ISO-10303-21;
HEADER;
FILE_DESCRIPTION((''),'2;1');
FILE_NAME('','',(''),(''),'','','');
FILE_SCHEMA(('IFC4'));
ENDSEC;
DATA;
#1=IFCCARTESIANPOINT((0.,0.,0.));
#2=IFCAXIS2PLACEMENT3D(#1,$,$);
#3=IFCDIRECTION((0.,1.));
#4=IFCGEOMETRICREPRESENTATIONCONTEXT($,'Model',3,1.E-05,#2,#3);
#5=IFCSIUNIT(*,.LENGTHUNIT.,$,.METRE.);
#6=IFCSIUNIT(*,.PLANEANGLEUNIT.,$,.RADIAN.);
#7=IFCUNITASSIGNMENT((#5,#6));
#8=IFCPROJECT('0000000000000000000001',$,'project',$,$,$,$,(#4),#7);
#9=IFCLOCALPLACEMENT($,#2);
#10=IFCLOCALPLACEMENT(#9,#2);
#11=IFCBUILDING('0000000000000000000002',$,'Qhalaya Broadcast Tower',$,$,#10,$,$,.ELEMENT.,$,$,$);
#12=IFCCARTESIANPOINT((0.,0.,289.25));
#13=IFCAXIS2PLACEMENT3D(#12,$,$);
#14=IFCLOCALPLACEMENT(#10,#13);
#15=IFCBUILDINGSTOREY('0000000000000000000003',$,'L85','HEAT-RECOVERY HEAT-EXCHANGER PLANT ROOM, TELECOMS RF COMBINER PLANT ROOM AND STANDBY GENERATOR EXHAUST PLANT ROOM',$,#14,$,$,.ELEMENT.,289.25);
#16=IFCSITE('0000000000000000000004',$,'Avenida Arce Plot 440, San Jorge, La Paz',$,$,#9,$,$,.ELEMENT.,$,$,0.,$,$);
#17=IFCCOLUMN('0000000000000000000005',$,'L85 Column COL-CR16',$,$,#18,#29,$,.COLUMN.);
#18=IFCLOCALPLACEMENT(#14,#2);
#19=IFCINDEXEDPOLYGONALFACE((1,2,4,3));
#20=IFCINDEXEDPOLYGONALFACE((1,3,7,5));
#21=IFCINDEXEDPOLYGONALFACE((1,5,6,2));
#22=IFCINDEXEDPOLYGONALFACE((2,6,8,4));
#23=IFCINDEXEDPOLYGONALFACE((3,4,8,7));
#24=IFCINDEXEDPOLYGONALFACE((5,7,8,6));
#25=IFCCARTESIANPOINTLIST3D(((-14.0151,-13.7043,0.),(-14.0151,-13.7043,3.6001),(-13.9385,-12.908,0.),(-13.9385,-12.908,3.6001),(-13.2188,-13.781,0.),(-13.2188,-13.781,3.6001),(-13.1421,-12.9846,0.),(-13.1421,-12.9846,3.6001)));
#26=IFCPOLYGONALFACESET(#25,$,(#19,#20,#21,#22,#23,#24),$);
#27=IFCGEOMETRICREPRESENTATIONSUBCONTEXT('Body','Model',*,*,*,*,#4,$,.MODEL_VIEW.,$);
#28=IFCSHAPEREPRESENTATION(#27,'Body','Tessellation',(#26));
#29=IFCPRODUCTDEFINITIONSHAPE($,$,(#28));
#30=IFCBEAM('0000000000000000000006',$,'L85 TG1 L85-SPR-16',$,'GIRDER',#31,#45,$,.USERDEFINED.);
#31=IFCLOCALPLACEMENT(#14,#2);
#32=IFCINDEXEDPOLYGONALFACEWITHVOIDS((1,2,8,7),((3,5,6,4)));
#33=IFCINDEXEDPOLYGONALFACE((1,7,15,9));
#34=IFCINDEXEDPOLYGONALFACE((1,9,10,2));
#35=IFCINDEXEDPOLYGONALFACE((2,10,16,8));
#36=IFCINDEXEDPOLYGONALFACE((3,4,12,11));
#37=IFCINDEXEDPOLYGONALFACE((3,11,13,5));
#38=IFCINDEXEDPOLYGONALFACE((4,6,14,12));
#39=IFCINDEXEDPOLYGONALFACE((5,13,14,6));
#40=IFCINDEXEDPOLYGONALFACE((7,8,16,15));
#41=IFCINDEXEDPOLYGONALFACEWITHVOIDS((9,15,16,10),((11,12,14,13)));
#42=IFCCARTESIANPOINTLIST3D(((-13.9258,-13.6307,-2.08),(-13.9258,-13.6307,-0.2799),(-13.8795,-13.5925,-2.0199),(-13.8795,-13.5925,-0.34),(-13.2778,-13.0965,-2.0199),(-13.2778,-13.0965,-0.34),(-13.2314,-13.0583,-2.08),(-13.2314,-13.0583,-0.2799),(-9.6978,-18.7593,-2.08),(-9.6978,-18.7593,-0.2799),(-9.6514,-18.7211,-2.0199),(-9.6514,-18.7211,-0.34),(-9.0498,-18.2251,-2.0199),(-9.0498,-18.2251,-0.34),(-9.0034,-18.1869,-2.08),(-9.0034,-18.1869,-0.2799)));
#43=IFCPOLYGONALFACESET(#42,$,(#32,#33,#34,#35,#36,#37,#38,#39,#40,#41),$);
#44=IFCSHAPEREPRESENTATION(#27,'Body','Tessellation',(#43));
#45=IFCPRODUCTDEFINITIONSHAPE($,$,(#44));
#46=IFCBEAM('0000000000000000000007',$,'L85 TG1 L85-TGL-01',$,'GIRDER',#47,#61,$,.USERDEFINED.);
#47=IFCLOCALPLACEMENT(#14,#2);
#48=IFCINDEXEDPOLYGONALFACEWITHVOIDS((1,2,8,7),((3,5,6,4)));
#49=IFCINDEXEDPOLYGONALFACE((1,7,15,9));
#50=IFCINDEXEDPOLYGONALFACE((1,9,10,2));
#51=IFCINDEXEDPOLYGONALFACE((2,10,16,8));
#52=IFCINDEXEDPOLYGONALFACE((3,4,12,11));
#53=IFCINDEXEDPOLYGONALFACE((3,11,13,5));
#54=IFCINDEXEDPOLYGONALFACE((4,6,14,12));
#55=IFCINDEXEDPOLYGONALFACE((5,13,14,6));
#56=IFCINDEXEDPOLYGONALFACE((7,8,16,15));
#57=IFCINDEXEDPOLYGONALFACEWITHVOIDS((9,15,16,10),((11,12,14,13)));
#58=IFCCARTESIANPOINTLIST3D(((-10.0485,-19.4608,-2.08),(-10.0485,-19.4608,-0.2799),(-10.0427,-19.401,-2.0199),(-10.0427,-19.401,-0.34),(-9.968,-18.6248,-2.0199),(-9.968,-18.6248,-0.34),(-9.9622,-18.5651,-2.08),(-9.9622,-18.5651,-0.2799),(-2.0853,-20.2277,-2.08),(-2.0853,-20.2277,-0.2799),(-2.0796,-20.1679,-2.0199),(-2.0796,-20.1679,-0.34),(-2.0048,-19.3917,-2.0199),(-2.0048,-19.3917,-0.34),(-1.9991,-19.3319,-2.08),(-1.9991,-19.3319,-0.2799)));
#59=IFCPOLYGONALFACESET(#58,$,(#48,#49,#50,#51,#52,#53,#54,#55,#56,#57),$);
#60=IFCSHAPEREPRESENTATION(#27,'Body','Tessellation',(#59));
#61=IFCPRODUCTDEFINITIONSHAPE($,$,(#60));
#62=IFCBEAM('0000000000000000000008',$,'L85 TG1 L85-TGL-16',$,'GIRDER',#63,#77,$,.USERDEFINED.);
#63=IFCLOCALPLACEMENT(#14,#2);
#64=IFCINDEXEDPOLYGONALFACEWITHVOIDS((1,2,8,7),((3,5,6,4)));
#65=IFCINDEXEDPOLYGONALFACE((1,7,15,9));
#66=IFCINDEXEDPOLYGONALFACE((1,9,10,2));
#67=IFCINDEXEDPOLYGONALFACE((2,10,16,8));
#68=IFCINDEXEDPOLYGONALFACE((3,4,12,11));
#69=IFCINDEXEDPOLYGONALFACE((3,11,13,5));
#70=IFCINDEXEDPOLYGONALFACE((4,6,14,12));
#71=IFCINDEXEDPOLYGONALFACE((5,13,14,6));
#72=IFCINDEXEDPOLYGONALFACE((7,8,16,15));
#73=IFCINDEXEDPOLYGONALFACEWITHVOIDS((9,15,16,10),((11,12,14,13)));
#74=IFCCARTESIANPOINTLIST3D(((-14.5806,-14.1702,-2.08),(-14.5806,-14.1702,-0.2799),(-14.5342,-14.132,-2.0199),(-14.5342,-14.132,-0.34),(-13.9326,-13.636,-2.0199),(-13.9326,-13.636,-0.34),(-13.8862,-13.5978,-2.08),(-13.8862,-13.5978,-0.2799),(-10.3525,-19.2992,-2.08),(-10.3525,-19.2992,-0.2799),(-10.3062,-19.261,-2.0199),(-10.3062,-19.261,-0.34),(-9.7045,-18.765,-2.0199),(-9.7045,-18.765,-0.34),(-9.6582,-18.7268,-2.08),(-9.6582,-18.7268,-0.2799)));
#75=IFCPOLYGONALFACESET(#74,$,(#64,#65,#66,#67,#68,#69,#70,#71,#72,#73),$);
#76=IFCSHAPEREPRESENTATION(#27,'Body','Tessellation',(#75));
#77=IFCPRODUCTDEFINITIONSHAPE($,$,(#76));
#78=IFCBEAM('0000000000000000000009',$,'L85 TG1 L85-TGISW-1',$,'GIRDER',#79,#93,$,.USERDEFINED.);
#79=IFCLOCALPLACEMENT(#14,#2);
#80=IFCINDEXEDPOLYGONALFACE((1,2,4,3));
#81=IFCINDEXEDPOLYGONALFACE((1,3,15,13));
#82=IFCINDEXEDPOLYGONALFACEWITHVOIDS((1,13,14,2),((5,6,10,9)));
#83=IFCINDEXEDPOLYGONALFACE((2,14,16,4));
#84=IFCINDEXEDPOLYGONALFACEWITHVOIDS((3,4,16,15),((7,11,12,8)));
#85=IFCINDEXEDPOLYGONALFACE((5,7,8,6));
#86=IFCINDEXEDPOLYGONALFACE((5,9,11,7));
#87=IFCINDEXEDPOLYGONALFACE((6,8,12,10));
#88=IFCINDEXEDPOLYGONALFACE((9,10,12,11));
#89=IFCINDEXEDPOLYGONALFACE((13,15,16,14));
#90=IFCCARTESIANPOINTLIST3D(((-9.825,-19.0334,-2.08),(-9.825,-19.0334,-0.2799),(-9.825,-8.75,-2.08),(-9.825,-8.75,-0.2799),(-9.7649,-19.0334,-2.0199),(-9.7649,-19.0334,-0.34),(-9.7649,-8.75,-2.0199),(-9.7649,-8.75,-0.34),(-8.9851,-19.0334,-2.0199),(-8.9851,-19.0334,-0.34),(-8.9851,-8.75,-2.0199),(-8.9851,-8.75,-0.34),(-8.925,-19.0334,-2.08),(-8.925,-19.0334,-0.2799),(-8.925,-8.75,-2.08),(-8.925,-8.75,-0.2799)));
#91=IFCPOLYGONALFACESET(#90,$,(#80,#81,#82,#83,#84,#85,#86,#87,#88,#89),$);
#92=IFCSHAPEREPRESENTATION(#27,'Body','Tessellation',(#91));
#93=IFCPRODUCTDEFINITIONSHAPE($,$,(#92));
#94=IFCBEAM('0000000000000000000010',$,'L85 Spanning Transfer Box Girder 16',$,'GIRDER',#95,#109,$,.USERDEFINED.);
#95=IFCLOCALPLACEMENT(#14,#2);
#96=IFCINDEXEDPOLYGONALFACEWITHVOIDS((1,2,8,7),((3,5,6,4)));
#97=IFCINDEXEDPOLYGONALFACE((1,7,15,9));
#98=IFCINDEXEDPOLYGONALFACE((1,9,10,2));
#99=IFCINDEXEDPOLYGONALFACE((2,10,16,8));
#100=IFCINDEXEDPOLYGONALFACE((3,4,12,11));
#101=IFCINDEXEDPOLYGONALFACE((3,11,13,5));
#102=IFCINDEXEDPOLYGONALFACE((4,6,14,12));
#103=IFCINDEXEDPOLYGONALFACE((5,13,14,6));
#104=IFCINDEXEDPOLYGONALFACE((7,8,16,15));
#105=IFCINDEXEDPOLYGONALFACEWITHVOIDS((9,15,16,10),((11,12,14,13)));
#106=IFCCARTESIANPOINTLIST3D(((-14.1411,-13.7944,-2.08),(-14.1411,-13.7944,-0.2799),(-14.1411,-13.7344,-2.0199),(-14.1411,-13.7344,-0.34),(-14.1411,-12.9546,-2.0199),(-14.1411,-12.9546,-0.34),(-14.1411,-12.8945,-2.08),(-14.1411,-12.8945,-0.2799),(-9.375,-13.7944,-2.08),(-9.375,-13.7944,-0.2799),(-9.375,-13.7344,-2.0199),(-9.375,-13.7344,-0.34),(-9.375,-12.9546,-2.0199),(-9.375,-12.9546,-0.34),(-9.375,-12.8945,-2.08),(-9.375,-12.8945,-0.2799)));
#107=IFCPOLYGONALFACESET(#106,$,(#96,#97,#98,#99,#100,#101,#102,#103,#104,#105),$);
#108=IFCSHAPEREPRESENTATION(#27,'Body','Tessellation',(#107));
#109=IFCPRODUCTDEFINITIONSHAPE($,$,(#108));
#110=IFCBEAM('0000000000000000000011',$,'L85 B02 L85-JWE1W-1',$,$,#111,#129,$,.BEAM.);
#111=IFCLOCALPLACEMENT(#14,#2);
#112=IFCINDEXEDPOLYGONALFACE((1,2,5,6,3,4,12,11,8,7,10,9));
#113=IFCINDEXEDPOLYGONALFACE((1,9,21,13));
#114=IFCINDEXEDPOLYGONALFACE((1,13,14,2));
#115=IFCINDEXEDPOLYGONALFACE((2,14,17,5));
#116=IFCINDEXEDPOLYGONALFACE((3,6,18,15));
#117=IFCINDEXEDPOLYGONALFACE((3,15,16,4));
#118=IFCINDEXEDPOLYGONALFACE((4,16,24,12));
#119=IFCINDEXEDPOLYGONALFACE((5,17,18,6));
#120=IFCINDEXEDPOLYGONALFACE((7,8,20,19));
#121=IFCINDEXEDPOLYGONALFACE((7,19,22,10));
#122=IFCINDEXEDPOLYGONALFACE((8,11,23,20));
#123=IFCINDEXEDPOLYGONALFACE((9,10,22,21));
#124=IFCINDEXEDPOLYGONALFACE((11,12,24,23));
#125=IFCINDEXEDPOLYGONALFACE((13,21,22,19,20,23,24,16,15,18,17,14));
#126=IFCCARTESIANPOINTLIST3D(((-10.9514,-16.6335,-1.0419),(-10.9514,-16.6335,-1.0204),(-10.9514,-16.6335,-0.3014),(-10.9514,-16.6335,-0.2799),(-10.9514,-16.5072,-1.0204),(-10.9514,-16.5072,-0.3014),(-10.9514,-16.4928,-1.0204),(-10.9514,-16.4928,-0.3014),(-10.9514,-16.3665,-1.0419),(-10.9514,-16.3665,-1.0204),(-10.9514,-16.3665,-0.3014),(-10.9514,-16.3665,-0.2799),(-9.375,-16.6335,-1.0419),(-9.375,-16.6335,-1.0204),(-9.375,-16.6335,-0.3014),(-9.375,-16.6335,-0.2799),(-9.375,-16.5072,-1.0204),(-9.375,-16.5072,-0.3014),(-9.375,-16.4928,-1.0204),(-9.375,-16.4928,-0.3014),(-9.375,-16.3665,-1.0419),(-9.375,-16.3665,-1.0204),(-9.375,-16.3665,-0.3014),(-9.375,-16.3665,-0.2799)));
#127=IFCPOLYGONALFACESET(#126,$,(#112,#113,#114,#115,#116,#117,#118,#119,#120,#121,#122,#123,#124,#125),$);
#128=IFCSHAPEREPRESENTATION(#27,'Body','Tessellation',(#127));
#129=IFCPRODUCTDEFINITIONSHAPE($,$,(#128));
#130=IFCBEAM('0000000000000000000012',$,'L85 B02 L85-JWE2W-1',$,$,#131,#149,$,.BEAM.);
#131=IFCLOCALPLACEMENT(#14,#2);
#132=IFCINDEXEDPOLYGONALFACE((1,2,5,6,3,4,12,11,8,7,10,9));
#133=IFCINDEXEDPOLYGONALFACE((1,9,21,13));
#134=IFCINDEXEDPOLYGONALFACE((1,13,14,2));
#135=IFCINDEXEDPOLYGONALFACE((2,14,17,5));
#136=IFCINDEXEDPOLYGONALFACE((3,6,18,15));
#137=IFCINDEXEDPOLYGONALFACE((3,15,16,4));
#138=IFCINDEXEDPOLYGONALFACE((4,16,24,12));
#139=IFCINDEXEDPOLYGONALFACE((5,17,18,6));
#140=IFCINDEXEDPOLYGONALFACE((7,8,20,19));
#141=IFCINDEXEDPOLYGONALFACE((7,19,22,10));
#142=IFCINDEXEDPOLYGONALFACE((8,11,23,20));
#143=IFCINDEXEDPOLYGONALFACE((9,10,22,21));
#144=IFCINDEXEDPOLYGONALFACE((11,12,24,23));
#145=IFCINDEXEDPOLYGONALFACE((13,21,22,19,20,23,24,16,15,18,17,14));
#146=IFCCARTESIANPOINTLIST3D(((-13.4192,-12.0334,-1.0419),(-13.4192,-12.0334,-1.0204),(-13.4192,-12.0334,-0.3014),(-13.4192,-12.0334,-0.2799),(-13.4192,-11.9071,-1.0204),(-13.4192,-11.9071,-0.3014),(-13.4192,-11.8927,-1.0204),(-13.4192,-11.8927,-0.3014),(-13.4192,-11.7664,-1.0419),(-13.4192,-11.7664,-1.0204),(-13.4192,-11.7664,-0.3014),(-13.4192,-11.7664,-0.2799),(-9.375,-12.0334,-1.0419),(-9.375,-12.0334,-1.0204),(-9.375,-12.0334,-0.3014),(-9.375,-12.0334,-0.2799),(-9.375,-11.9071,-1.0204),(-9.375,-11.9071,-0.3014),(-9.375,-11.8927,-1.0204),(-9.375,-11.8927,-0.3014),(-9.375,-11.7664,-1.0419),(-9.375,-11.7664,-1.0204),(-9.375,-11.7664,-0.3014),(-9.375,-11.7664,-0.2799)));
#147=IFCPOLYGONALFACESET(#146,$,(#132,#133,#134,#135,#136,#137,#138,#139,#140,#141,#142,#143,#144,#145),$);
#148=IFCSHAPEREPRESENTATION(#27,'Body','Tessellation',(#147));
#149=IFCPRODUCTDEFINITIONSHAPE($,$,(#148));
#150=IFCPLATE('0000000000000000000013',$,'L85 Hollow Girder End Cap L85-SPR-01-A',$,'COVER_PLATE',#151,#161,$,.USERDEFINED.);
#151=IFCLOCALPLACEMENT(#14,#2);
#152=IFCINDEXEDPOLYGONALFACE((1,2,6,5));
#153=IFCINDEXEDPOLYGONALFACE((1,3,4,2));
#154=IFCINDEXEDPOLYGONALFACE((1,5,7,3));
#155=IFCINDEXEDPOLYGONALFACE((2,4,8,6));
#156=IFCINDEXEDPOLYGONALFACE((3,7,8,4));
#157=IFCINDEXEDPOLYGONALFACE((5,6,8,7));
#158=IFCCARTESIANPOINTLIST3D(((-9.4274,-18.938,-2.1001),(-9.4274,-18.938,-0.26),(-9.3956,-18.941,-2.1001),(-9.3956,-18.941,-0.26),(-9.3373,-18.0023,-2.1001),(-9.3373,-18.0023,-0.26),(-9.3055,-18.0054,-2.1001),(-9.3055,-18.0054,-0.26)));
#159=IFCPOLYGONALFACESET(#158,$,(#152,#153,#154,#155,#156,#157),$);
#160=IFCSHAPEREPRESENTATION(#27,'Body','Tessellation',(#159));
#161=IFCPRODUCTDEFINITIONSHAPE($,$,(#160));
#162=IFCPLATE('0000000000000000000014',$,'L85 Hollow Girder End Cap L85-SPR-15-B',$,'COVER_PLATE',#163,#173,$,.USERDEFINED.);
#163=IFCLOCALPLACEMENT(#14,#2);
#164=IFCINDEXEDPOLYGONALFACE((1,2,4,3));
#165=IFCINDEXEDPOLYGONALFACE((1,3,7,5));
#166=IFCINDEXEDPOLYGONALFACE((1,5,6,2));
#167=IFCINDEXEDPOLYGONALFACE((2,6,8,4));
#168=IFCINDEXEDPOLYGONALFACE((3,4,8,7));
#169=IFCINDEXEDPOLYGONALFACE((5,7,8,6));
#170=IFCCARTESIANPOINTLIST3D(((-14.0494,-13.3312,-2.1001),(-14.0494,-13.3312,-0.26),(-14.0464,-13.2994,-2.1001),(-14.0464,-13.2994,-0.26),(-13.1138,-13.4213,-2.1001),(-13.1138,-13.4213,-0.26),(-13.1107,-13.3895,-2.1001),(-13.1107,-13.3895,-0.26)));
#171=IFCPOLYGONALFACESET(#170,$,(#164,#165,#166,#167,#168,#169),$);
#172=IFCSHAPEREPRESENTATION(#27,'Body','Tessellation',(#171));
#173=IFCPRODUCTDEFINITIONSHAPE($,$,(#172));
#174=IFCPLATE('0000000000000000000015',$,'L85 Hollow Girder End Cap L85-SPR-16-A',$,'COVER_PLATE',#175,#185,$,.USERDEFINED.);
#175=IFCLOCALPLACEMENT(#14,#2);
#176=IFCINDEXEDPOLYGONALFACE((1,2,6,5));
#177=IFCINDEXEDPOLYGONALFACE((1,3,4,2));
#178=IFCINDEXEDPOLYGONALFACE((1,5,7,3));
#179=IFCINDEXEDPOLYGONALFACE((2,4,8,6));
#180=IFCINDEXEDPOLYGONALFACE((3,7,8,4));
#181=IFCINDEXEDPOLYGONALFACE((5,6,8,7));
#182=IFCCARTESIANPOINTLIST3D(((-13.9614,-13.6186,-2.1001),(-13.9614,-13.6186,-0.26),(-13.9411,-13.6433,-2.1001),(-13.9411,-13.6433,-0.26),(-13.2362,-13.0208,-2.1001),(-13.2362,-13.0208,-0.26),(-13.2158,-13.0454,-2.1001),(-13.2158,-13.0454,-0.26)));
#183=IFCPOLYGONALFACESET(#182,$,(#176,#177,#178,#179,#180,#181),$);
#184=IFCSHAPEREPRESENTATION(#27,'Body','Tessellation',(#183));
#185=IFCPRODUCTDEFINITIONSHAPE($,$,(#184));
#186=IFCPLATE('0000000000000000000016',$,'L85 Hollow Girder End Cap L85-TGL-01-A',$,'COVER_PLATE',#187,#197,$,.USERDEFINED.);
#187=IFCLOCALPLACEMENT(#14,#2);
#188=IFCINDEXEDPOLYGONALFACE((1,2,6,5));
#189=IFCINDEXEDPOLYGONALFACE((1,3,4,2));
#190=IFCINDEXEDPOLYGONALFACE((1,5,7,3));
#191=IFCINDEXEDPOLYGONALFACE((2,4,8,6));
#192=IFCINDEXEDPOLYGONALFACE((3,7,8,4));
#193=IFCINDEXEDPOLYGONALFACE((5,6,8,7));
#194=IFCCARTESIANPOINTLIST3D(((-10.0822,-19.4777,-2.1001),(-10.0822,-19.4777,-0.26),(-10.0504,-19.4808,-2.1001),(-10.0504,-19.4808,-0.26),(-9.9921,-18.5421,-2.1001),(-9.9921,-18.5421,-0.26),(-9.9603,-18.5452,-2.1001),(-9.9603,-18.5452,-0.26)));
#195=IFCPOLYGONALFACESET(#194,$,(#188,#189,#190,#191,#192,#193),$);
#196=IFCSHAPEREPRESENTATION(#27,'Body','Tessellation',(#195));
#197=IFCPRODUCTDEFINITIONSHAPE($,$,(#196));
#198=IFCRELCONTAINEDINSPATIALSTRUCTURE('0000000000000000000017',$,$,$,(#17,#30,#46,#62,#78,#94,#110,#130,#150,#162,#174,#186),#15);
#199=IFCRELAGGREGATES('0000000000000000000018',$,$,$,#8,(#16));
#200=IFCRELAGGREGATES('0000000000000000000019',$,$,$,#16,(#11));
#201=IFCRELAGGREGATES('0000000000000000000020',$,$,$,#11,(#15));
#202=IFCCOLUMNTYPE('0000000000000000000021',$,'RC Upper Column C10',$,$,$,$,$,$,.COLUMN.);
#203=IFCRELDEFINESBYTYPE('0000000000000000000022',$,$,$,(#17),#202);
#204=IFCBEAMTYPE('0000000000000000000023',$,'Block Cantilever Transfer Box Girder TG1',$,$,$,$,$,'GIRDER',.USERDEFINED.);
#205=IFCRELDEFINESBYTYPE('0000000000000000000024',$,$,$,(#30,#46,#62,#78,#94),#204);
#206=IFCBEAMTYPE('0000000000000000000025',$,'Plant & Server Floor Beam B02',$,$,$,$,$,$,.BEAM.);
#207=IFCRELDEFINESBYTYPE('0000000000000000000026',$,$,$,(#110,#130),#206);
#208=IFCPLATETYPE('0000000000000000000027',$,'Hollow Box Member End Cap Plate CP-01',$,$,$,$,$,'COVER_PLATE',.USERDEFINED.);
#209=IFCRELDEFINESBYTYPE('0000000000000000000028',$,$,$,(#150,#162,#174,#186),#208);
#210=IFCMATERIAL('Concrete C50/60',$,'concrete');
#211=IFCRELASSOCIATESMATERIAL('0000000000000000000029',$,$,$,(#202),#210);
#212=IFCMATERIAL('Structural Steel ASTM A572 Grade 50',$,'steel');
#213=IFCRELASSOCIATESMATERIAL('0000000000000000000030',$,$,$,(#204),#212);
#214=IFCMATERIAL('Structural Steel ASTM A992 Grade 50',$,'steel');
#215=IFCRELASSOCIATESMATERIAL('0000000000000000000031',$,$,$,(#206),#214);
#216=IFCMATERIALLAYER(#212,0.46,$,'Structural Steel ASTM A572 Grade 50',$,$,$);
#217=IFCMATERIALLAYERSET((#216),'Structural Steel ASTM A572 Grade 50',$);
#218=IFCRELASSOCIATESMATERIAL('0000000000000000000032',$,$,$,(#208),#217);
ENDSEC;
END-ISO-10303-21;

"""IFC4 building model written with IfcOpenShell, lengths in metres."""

from ifc_helpers import new_model, si_unit, direction, frame, origin, origin_2d, place, context, subcontext, project, spatial, rectangle, hollow_rectangle, i_section, extrude, material, layer, layer_set, material_profile, profile_set, type_object, element, save


model = new_model("IFC4")

# Units and contexts
model_context = context("Model", 3, precision=1e-05, world=origin(), true_north=direction((0.0, 1.0)))
body_context = subcontext(model_context, "Body", "Model", "MODEL_VIEW")
ifc_project = project(units=[si_unit("LENGTHUNIT", "METRE"), si_unit("PLANEANGLEUNIT", "RADIAN")], contexts=[model_context])

# Site, building, storey
site_placement = place(None, origin())
site = spatial("IfcSite", under=ifc_project, at=site_placement, Name="Avenida Arce Plot 440, San Jorge, La Paz", CompositionType="ELEMENT", RefElevation=0.0)
building_placement = place(site_placement, origin())
building = spatial("IfcBuilding", under=site, at=building_placement, Name="Qhalaya Broadcast Tower", CompositionType="ELEMENT")
storey_placement = place(building_placement, frame((0.0, 0.0, 289.25)))
storey = spatial("IfcBuildingStorey", under=building, at=storey_placement, Name="L85", Description="HEAT-RECOVERY HEAT-EXCHANGER PLANT ROOM, TELECOMS RF COMBINER PLANT ROOM AND STANDBY GENERATOR EXHAUST PLANT ROOM", CompositionType="ELEMENT", Elevation=289.25)

# Column
ifc_material_1 = material(Name="Concrete C50/60", Category="concrete")
ifc_material_profile_1 = material_profile(ifc_material_1, rectangle(XDim=0.8, YDim=0.8, at=origin_2d()), Name="RC-COL 800x800")
ifc_profile_set_1 = profile_set([ifc_material_profile_1], Name="Concrete C50/60")
column_type = type_object("IfcColumnType", Name="RC Upper Column C10", PredefinedType="COLUMN", material=ifc_profile_set_1)
column_placement = place(storey_placement, frame((-13.5786, -13.3445, 0.0), z_axis=(0.0, 0.0, 1.0), x_axis=(0.095846, 0.995396, 0.0)))
element("IfcColumn", 1, at=column_placement, inside=storey, type_object=column_type, Name="L85 Column COL-CR16", PredefinedType="COLUMN", context=body_context, shape_type="SweptSolid", body=[
    extrude(rectangle(XDim=0.8, YDim=0.8, at=origin_2d()), origin(), (0.0, 0.0, 1.0), 3.6001),
])

# Beams
ifc_material_2 = material(Name="Structural Steel ASTM A572 Grade 50", Category="steel")
ifc_material_profile_2 = material_profile(ifc_material_2, hollow_rectangle(XDim=0.8999, YDim=1.8, WallThickness=0.0601, at=origin_2d()), Name="BOX 900x1800x60")
ifc_profile_set_2 = profile_set([ifc_material_profile_2], Name="Structural Steel ASTM A572 Grade 50")
beam_type_1 = type_object("IfcBeamType", Name="Block Cantilever Transfer Box Girder TG1", ElementType="GIRDER", PredefinedType="USERDEFINED", material=ifc_profile_set_2)
beam_1_placement = place(storey_placement, frame((-13.5786, -13.3445, -1.1799), z_axis=(0.636104, -0.771604, 0.0), x_axis=(0.771604, 0.636104, 0.0)))
element("IfcBeam", 2, at=beam_1_placement, inside=storey, type_object=beam_type_1, Name="L85 TG1 L85-SPR-16", ObjectType="GIRDER", PredefinedType="USERDEFINED", context=body_context, shape_type="SweptSolid", body=[
    extrude(hollow_rectangle(XDim=0.8999, YDim=1.8, WallThickness=0.0601, at=origin_2d()), origin(), (0.0, 0.0, 1.0), 6.6467),
])
beam_2_placement = place(storey_placement, frame((-10.0054, -19.0129, -1.1799), z_axis=(0.995395, -0.095856, 0.0), x_axis=(0.095856, 0.995395, 0.0)))
element("IfcBeam", 3, at=beam_2_placement, inside=storey, type_object=beam_type_1, Name="L85 TG1 L85-TGL-01", ObjectType="GIRDER", PredefinedType="USERDEFINED", context=body_context, shape_type="SweptSolid", body=[
    extrude(hollow_rectangle(XDim=0.8999, YDim=1.8, WallThickness=0.0601, at=origin_2d()), origin(), (0.0, 0.0, 1.0), 8.0),
])
beam_3_placement = place(storey_placement, frame((-14.2334, -13.884, -1.1799), z_axis=(0.636086, -0.771618, 0.0), x_axis=(0.771618, 0.636086, 0.0)))
element("IfcBeam", 4, at=beam_3_placement, inside=storey, type_object=beam_type_1, Name="L85 TG1 L85-TGL-16", ObjectType="GIRDER", PredefinedType="USERDEFINED", context=body_context, shape_type="SweptSolid", body=[
    extrude(hollow_rectangle(XDim=0.8999, YDim=1.8, WallThickness=0.0601, at=origin_2d()), origin(), (0.0, 0.0, 1.0), 6.647),
])
beam_4_placement = place(storey_placement, frame((-9.375, -19.0334, -1.1799), z_axis=(0.0, 1.0, 0.0), x_axis=(-1.0, 0.0, 0.0)))
element("IfcBeam", 5, at=beam_4_placement, inside=storey, type_object=beam_type_1, Name="L85 TG1 L85-TGISW-1", ObjectType="GIRDER", PredefinedType="USERDEFINED", context=body_context, shape_type="SweptSolid", body=[
    extrude(hollow_rectangle(XDim=0.8999, YDim=1.8, WallThickness=0.0601, at=origin_2d()), origin(), (0.0, 0.0, 1.0), 10.2834),
])
beam_5_placement = place(storey_placement, frame((-14.1411, -13.3445, -1.1799), z_axis=(1.0, 0.0, 0.0), x_axis=(0.0, 1.0, 0.0)))
element("IfcBeam", 6, at=beam_5_placement, inside=storey, type_object=beam_type_1, Name="L85 Spanning Transfer Box Girder 16", ObjectType="GIRDER", PredefinedType="USERDEFINED", context=body_context, shape_type="SweptSolid", body=[
    extrude(hollow_rectangle(XDim=0.8999, YDim=1.8, WallThickness=0.0601, at=origin_2d()), origin(), (0.0, 0.0, 1.0), 4.7661),
])
ifc_material_3 = material(Name="Structural Steel ASTM A992 Grade 50", Category="steel")
ifc_material_profile_3 = material_profile(ifc_material_3, i_section(OverallWidth=0.2671, OverallDepth=0.762, WebThickness=0.0144, FlangeThickness=0.0215, at=origin_2d()), Name="W30X116")
ifc_profile_set_3 = profile_set([ifc_material_profile_3], Name="Structural Steel ASTM A992 Grade 50")
beam_type_2 = type_object("IfcBeamType", Name="Plant & Server Floor Beam B02", PredefinedType="BEAM", material=ifc_profile_set_3)
beam_6_placement = place(storey_placement, frame((-10.9514, -16.5, -0.6609), z_axis=(1.0, 0.0, 0.0), x_axis=(0.0, 1.0, 0.0)))
element("IfcBeam", 7, at=beam_6_placement, inside=storey, type_object=beam_type_2, Name="L85 B02 L85-JWE1W-1", PredefinedType="BEAM", context=body_context, shape_type="SweptSolid", body=[
    extrude(i_section(OverallWidth=0.2671, OverallDepth=0.762, WebThickness=0.0144, FlangeThickness=0.0215, at=origin_2d()), origin(), (0.0, 0.0, 1.0), 1.5764),
])
beam_7_placement = place(storey_placement, frame((-13.4192, -11.8999, -0.6609), z_axis=(1.0, 0.0, 0.0), x_axis=(0.0, 1.0, 0.0)))
element("IfcBeam", 8, at=beam_7_placement, inside=storey, type_object=beam_type_2, Name="L85 B02 L85-JWE2W-1", PredefinedType="BEAM", context=body_context, shape_type="SweptSolid", body=[
    extrude(i_section(OverallWidth=0.2671, OverallDepth=0.762, WebThickness=0.0144, FlangeThickness=0.0215, at=origin_2d()), origin(), (0.0, 0.0, 1.0), 4.0442),
])

# Plates
ifc_layer_1 = layer(ifc_material_2, 0.46, Name="Structural Steel ASTM A572 Grade 50")
ifc_layer_set_1 = layer_set([ifc_layer_1], Name="Structural Steel ASTM A572 Grade 50")
plate_type_1 = type_object("IfcPlateType", Name="Hollow Box Member End Cap Plate CP-01", ElementType="COVER_PLATE", PredefinedType="USERDEFINED", material=ifc_layer_set_1)
for number, where, z_axis, x_axis, name in (
    (9, (-9.3665, -18.4717, -2.1001), (0.0, 0.0, 1.0), (0.095863, 0.995395, 0.0), "L85 Hollow Girder End Cap L85-SPR-01-A"),
    (10, (-13.5801, -13.3604, -2.1001), (0.0, 0.0, 1.0), (0.995396, -0.095846, 0.0), "L85 Hollow Girder End Cap L85-SPR-15-B"),
    (11, (-13.5886, -13.332, -2.1001), (0.0, 0.0, 1.0), (0.771625, 0.636078, 0.0), "L85 Hollow Girder End Cap L85-SPR-16-A"),
    (12, (-10.0212, -19.0115, -2.1001), (0.0, 0.0, 1.0), (0.095846, 0.995396, 0.0), "L85 Hollow Girder End Cap L85-TGL-01-A"),
):
    element("IfcPlate", number, at=place(storey_placement, frame(where, z_axis=z_axis, x_axis=x_axis)), inside=storey, type_object=plate_type_1, Name=name, ObjectType="COVER_PLATE", PredefinedType="USERDEFINED", context=body_context, shape_type="SweptSolid", body=[
        extrude(rectangle(XDim=0.9399, YDim=0.032, at=origin_2d()), origin(), (0.0, 0.0, 1.0), 1.8401),
    ])

save(model, "model.ifc")
